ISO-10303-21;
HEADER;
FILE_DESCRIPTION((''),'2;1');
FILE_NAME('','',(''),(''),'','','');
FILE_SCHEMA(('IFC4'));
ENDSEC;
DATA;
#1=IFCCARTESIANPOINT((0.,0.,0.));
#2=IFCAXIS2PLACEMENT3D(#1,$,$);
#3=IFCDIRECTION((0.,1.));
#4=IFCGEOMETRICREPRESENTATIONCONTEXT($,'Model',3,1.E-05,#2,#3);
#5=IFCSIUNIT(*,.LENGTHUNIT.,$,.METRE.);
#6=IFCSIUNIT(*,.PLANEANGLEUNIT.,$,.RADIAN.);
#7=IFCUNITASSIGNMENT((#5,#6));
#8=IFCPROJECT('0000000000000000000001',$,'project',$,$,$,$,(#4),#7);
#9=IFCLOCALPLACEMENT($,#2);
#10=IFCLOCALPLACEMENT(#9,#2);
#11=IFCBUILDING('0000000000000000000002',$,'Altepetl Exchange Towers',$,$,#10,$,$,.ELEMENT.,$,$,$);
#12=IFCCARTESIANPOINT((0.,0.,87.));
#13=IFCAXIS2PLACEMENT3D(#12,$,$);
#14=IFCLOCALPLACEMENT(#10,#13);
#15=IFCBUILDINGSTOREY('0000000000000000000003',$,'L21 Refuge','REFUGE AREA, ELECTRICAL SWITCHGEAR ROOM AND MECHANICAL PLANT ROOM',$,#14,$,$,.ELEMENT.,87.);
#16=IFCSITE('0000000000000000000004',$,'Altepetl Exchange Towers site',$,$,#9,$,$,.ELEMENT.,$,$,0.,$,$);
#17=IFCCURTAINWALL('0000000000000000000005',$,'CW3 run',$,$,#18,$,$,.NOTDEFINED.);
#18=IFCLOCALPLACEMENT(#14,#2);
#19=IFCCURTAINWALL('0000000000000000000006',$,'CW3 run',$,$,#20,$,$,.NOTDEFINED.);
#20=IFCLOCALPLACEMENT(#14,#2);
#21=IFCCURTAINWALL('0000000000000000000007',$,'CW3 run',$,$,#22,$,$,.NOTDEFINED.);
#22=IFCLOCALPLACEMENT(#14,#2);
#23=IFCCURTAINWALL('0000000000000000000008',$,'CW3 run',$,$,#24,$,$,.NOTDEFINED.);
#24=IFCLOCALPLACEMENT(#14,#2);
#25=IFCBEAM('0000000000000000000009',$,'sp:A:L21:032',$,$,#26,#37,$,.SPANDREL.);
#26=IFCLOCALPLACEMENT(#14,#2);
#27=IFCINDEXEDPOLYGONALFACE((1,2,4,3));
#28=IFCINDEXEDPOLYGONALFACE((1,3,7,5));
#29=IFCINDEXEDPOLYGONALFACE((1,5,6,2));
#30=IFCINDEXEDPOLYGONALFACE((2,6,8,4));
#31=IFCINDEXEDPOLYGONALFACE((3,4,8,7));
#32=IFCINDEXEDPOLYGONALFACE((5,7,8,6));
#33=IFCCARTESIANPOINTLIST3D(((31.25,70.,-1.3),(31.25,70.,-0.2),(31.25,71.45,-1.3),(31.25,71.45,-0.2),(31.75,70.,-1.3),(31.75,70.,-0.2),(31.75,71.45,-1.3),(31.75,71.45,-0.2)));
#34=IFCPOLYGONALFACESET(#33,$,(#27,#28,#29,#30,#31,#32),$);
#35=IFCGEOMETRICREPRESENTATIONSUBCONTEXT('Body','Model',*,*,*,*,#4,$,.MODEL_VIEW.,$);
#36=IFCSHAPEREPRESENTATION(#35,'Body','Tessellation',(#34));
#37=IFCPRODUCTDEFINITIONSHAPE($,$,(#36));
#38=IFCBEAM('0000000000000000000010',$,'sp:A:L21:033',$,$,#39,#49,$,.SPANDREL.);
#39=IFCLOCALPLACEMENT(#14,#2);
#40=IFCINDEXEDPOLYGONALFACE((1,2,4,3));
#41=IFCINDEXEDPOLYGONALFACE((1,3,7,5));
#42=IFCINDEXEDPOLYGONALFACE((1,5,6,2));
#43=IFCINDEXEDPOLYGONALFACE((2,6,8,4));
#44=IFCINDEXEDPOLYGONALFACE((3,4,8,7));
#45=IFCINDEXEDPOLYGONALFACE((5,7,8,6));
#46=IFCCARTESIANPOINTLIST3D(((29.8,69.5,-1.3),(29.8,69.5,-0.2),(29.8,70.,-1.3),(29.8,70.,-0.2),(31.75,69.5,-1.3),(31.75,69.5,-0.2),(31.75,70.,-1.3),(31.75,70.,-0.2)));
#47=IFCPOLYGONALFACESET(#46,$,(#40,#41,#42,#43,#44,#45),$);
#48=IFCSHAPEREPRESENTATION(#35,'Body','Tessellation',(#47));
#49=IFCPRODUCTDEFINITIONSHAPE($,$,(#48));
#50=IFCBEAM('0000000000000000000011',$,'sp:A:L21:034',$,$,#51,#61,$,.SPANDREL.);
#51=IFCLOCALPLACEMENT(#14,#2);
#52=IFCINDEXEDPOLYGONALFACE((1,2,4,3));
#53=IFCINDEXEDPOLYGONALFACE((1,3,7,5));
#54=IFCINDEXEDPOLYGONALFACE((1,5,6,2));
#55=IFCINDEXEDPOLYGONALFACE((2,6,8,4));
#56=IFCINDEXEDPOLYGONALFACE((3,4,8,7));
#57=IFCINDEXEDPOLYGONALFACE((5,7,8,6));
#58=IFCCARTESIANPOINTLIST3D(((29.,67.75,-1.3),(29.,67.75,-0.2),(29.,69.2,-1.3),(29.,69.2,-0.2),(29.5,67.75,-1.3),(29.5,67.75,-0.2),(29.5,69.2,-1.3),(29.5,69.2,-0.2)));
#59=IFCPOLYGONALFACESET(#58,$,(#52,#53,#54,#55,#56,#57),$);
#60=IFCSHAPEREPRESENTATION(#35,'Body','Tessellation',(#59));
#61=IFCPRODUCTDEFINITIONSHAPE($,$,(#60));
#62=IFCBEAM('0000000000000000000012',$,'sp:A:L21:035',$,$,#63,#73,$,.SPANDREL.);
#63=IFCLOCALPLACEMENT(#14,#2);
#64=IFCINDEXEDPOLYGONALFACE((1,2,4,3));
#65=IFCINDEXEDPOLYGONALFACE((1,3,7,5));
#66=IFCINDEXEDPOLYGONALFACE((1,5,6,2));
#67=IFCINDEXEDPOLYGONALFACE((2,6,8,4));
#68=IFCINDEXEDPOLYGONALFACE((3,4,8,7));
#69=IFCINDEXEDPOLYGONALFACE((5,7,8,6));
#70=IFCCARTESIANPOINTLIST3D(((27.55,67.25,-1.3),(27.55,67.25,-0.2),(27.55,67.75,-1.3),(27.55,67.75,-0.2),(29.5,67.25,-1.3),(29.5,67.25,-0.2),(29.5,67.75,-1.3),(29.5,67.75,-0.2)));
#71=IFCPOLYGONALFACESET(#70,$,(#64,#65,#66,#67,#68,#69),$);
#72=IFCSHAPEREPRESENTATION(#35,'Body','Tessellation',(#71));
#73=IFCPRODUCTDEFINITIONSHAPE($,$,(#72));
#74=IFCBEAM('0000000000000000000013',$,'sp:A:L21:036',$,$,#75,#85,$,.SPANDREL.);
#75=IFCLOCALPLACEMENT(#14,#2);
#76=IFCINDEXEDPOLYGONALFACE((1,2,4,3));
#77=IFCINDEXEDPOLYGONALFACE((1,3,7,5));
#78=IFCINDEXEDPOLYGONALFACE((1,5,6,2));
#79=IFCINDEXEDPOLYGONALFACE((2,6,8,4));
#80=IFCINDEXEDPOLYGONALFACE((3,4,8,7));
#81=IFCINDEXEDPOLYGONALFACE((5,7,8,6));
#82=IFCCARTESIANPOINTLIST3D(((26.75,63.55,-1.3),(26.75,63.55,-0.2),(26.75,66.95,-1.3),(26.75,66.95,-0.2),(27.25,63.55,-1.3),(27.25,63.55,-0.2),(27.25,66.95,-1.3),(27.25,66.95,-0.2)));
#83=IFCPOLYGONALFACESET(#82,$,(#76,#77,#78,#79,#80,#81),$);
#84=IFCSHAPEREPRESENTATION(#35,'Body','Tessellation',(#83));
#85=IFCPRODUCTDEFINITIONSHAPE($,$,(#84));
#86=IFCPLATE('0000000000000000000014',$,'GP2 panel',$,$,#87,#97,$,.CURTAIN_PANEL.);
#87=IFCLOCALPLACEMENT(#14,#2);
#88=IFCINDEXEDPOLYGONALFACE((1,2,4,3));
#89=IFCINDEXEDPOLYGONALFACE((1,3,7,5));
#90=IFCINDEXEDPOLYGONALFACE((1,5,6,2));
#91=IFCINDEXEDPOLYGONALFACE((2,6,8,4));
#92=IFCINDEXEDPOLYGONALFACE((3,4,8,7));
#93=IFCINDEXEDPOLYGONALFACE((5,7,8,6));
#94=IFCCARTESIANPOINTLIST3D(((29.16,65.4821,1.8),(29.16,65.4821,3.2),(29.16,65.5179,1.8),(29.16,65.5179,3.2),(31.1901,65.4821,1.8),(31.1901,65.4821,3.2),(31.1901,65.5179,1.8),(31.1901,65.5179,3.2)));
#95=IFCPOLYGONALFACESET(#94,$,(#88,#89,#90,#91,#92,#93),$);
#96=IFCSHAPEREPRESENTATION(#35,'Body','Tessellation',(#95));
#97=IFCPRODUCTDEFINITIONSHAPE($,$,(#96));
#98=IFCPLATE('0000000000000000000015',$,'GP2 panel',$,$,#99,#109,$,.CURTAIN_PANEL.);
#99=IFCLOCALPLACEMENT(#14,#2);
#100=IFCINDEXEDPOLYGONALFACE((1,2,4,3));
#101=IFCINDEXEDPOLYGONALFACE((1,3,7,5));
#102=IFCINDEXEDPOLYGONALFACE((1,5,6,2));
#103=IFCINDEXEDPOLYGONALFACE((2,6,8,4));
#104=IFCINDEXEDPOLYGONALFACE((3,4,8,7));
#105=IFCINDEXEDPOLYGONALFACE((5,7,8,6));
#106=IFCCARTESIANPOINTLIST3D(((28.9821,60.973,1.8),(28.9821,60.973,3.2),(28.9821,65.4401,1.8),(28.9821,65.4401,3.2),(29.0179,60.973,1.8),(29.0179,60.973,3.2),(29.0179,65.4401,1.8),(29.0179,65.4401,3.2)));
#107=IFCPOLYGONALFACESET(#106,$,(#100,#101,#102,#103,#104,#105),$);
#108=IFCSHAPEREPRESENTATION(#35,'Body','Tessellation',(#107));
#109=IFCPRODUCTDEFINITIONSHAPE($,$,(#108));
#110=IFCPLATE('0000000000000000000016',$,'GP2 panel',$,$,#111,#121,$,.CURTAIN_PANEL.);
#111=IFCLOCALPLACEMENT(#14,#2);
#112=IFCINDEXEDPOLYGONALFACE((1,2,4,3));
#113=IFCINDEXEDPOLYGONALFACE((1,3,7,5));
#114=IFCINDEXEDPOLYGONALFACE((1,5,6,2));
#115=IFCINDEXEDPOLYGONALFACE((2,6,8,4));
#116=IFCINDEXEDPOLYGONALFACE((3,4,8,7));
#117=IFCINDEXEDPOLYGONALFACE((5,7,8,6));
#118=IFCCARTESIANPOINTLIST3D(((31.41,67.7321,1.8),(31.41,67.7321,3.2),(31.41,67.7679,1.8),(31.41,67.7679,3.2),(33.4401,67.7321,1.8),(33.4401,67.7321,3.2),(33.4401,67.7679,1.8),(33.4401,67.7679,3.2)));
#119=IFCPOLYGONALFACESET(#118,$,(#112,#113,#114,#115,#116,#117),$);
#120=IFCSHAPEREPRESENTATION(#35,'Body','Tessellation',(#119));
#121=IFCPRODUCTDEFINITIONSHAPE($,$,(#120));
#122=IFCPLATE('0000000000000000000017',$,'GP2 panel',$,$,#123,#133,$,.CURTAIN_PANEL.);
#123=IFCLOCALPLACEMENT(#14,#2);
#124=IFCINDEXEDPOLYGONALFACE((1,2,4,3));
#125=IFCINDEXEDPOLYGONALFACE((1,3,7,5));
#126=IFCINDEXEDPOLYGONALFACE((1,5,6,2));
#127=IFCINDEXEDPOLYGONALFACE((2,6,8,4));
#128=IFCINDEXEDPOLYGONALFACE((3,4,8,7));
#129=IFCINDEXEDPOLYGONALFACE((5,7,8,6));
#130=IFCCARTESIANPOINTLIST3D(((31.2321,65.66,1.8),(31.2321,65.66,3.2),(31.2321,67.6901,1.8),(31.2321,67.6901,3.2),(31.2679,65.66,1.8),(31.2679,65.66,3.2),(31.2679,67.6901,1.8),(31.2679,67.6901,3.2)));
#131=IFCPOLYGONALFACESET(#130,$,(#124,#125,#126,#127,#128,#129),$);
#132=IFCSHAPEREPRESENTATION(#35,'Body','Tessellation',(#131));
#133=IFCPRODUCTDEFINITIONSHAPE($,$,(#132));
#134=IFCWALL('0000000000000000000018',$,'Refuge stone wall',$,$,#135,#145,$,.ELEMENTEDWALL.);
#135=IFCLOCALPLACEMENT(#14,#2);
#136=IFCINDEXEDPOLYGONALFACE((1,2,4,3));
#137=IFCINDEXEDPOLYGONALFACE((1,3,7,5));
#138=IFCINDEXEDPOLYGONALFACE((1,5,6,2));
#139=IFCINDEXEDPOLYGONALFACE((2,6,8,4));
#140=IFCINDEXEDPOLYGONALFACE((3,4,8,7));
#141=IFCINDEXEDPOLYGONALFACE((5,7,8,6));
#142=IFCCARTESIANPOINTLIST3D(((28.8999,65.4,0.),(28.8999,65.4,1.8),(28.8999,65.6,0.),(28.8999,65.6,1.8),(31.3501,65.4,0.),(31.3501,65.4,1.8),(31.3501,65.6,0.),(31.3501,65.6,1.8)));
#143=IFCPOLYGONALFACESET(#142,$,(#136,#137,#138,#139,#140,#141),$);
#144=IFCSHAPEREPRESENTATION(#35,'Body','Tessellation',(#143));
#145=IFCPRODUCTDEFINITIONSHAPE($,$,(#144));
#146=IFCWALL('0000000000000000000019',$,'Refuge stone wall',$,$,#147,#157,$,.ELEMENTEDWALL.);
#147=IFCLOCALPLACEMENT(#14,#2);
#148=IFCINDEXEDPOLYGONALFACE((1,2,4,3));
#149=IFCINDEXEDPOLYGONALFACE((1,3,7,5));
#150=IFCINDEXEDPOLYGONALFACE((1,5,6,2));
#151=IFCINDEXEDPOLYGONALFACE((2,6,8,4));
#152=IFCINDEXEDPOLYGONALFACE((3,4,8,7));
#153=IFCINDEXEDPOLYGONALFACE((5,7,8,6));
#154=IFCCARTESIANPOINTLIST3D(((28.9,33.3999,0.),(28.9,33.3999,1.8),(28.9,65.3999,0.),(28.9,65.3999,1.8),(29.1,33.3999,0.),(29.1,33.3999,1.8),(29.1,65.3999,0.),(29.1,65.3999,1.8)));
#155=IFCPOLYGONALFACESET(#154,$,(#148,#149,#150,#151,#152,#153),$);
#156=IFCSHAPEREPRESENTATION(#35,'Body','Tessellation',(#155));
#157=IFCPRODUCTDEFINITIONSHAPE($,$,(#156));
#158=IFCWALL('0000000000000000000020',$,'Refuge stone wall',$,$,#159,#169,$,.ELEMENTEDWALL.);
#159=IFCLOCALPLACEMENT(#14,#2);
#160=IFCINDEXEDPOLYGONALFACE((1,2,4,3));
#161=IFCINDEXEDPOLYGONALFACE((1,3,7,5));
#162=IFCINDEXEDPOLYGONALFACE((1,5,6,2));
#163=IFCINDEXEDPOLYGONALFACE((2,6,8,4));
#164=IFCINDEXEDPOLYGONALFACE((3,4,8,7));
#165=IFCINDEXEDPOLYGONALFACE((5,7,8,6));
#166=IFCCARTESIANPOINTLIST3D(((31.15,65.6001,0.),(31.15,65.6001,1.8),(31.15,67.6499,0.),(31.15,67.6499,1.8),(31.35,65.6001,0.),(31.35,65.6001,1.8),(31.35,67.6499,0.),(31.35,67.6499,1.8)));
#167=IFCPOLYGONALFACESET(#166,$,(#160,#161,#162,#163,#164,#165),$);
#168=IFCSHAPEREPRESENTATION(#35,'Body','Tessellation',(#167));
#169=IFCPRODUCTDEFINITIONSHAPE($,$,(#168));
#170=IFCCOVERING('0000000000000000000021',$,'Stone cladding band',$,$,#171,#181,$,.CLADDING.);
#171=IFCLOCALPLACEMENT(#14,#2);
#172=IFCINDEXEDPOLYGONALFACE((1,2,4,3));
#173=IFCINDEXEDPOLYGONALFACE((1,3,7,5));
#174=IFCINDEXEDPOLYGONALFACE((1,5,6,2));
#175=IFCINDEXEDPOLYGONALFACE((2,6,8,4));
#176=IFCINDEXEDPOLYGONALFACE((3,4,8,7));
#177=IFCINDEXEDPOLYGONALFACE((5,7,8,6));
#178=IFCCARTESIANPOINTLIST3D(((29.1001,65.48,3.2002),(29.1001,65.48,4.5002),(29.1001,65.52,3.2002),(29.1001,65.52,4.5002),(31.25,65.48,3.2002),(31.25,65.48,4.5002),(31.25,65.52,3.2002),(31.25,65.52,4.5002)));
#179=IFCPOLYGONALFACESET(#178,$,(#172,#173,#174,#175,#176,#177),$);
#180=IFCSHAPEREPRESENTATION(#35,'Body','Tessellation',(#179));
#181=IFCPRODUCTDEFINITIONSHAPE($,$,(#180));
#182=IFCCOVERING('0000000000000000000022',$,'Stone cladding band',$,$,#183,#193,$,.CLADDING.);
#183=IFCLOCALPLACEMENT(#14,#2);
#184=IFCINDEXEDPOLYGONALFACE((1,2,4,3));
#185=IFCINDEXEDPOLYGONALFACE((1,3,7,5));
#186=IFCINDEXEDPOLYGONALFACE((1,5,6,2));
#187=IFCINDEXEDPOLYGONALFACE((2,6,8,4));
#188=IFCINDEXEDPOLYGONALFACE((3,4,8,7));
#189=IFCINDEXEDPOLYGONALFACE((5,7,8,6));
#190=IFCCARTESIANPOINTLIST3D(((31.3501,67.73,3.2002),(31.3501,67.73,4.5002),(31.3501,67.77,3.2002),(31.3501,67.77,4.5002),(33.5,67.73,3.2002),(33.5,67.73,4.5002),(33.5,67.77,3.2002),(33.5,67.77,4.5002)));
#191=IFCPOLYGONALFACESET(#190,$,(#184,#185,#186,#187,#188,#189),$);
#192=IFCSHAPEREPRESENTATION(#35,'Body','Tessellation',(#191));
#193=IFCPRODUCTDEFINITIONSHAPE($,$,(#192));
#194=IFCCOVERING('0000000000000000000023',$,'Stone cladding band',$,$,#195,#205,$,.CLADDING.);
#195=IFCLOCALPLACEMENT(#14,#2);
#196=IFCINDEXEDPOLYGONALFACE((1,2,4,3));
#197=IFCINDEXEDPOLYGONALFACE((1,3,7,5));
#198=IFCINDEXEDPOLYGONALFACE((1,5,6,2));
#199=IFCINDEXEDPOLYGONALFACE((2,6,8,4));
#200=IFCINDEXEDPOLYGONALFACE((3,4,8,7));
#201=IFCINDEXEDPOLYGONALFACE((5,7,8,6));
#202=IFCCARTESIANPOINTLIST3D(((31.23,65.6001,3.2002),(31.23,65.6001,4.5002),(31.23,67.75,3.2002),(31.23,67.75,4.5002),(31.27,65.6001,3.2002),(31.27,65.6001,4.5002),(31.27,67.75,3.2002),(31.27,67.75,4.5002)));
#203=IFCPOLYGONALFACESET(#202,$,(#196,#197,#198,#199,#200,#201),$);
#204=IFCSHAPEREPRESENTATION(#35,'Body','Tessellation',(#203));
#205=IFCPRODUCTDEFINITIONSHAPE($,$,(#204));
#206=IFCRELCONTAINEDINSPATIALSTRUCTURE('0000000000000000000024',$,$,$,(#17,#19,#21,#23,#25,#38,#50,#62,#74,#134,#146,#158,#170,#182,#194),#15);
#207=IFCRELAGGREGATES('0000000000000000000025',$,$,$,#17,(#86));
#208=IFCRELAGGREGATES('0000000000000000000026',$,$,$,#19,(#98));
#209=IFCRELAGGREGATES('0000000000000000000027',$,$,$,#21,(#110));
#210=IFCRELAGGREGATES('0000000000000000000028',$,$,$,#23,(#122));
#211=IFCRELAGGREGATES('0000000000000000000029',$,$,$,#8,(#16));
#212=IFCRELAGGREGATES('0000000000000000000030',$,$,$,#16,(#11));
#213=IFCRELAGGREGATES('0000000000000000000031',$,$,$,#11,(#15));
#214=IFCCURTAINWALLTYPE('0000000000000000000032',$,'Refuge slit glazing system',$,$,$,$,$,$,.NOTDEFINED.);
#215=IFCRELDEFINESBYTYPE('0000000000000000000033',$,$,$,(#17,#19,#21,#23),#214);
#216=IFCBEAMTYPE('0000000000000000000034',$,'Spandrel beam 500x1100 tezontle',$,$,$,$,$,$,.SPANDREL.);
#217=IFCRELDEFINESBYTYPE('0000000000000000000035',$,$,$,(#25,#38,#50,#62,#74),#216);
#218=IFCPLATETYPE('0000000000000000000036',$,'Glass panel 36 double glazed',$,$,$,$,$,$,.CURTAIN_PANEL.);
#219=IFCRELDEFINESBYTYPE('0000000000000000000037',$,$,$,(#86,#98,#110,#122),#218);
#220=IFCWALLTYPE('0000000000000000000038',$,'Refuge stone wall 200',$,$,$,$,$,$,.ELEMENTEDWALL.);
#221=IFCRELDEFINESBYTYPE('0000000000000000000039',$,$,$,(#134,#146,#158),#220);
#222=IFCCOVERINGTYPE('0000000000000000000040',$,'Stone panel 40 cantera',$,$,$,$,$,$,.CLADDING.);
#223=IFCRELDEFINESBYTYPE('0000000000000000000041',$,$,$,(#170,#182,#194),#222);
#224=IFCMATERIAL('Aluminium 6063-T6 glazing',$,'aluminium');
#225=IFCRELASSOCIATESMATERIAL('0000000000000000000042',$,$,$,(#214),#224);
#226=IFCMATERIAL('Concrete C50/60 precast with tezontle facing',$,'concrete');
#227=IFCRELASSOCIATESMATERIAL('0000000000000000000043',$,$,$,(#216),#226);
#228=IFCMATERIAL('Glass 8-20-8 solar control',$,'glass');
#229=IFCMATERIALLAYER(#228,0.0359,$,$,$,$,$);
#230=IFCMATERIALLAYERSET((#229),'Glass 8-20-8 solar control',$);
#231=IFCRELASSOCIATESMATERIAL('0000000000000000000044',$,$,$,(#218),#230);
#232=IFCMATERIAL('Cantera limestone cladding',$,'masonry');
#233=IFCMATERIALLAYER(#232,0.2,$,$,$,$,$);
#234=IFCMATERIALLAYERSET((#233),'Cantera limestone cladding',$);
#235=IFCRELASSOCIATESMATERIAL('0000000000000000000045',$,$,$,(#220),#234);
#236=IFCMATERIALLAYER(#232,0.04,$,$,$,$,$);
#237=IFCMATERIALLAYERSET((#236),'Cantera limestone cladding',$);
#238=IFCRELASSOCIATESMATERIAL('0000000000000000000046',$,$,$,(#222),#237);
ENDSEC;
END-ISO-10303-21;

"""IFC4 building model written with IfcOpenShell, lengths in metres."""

from ifc_helpers import new_model, si_unit, direction, frame, frame_2d, origin, origin_2d, place, context, subcontext, project, spatial, rectangle, extrude, material, layer, layer_set, material_profile, profile_set, type_object, element, aggregate, save


model = new_model("IFC4")

# Units and contexts
model_context = context("Model", 3, precision=1e-05, world=origin(), true_north=direction((0.0, 1.0)))
body_context = subcontext(model_context, "Body", "Model", "MODEL_VIEW")
ifc_project = project(units=[si_unit("LENGTHUNIT", "METRE"), si_unit("PLANEANGLEUNIT", "RADIAN")], contexts=[model_context])

# Site, building, storey
site_placement = place(None, origin())
site = spatial("IfcSite", under=ifc_project, at=site_placement, Name="Altepetl Exchange Towers site", CompositionType="ELEMENT", RefElevation=0.0)
building_placement = place(site_placement, origin())
building = spatial("IfcBuilding", under=site, at=building_placement, Name="Altepetl Exchange Towers", CompositionType="ELEMENT")
storey_placement = place(building_placement, frame((0.0, 0.0, 87.0)))
storey = spatial("IfcBuildingStorey", under=building, at=storey_placement, Name="L21 Refuge", Description="REFUGE AREA, ELECTRICAL SWITCHGEAR ROOM AND MECHANICAL PLANT ROOM", CompositionType="ELEMENT", Elevation=87.0)

# Curtain wall
ifc_material_1 = material(Name="Aluminium 6063-T6 glazing", Category="aluminium")
curtain_wall_type = type_object("IfcCurtainWallType", Name="Refuge slit glazing system", PredefinedType="NOTDEFINED", material=ifc_material_1)
curtain_wall_1_placement = place(storey_placement, origin())
curtain_wall_1 = element("IfcCurtainWall", 1, at=curtain_wall_1_placement, inside=storey, type_object=curtain_wall_type, Name="CW3 run", PredefinedType="NOTDEFINED")

# Curtain walls
curtain_wall_2_placement = place(storey_placement, origin())
curtain_wall_2 = element("IfcCurtainWall", 2, at=curtain_wall_2_placement, inside=storey, type_object=curtain_wall_type, Name="CW3 run", PredefinedType="NOTDEFINED")
curtain_wall_3_placement = place(storey_placement, origin())
curtain_wall_3 = element("IfcCurtainWall", 3, at=curtain_wall_3_placement, inside=storey, type_object=curtain_wall_type, Name="CW3 run", PredefinedType="NOTDEFINED")

# Curtain wall
curtain_wall_4_placement = place(storey_placement, origin())
curtain_wall_4 = element("IfcCurtainWall", 4, at=curtain_wall_4_placement, inside=storey, type_object=curtain_wall_type, Name="CW3 run", PredefinedType="NOTDEFINED")

# Beams
ifc_material_2 = material(Name="Concrete C50/60 precast with tezontle facing", Category="concrete")
ifc_material_profile_1 = material_profile(ifc_material_2, rectangle(XDim=0.5, YDim=1.1001, at=origin_2d()), Name="500 x 1100")
ifc_profile_set_1 = profile_set([ifc_material_profile_1], Name="Concrete C50/60 precast with tezontle facing")
beam_type_1 = type_object("IfcBeamType", Name="Spandrel beam 500x1100 tezontle", PredefinedType="SPANDREL", material=ifc_profile_set_1)
beam_1_placement = place(storey_placement, frame((31.5, 71.45, -0.75), z_axis=(0.0, -1.0, 0.0), x_axis=(1.0, 0.0, 0.0)))
element("IfcBeam", 5, at=beam_1_placement, inside=storey, type_object=beam_type_1, Name="sp:A:L21:032", PredefinedType="SPANDREL", context=body_context, shape_type="SweptSolid", body=[
    extrude(rectangle(XDim=0.5, YDim=1.1001, at=origin_2d()), origin(), (0.0, 0.0, 1.0), 1.45),
])
beam_2_placement = place(storey_placement, frame((31.75, 69.75, -0.75), z_axis=(-1.0, 0.0, 0.0), x_axis=(0.0, -1.0, 0.0)))
element("IfcBeam", 6, at=beam_2_placement, inside=storey, type_object=beam_type_1, Name="sp:A:L21:033", PredefinedType="SPANDREL", context=body_context, shape_type="SweptSolid", body=[
    extrude(rectangle(XDim=0.5, YDim=1.1001, at=origin_2d()), origin(), (0.0, 0.0, 1.0), 1.95),
])
beam_3_placement = place(storey_placement, frame((29.25, 69.2, -0.75), z_axis=(0.0, -1.0, 0.0), x_axis=(1.0, 0.0, 0.0)))
element("IfcBeam", 7, at=beam_3_placement, inside=storey, type_object=beam_type_1, Name="sp:A:L21:034", PredefinedType="SPANDREL", context=body_context, shape_type="SweptSolid", body=[
    extrude(rectangle(XDim=0.5, YDim=1.1001, at=origin_2d()), origin(), (0.0, 0.0, 1.0), 1.45),
])
beam_4_placement = place(storey_placement, frame((29.5, 67.5, -0.75), z_axis=(-1.0, 0.0, 0.0), x_axis=(0.0, -1.0, 0.0)))
element("IfcBeam", 8, at=beam_4_placement, inside=storey, type_object=beam_type_1, Name="sp:A:L21:035", PredefinedType="SPANDREL", context=body_context, shape_type="SweptSolid", body=[
    extrude(rectangle(XDim=0.5, YDim=1.1001, at=origin_2d()), origin(), (0.0, 0.0, 1.0), 1.95),
])
beam_5_placement = place(storey_placement, frame((27.0, 66.95, -0.75), z_axis=(0.0, -1.0, 0.0), x_axis=(1.0, 0.0, 0.0)))
element("IfcBeam", 9, at=beam_5_placement, inside=storey, type_object=beam_type_1, Name="sp:A:L21:036", PredefinedType="SPANDREL", context=body_context, shape_type="SweptSolid", body=[
    extrude(rectangle(XDim=0.5, YDim=1.1001, at=origin_2d()), origin(), (0.0, 0.0, 1.0), 3.3999),
])

# Plates
ifc_material_3 = material(Name="Glass 8-20-8 solar control", Category="glass")
ifc_layer_1 = layer(ifc_material_3, 0.0359)
ifc_layer_set_1 = layer_set([ifc_layer_1], Name="Glass 8-20-8 solar control")
plate_type = type_object("IfcPlateType", Name="Glass panel 36 double glazed", PredefinedType="CURTAIN_PANEL", material=ifc_layer_set_1)
plate_1_placement = place(storey_placement, frame((30.175, 65.5, 1.8), z_axis=(0.0, 0.0, 1.0), x_axis=(-1.0, 0.0, 0.0)))
plate_1 = element("IfcPlate", 10, at=plate_1_placement, type_object=plate_type, Name="GP2 panel", PredefinedType="CURTAIN_PANEL", context=body_context, shape_type="SweptSolid", body=[
    extrude(rectangle(XDim=2.03, YDim=0.0359, at=origin_2d()), origin(), (0.0, 0.0, 1.0), 1.3999),
])
aggregate(curtain_wall_1, [plate_1])
plate_2_placement = place(storey_placement, frame((29.0, 63.2065, 1.8), z_axis=(0.0, 0.0, 1.0), x_axis=(0.0, -1.0, 0.0)))
plate_2 = element("IfcPlate", 11, at=plate_2_placement, type_object=plate_type, Name="GP2 panel", PredefinedType="CURTAIN_PANEL", context=body_context, shape_type="SweptSolid", body=[
    extrude(rectangle(XDim=4.467, YDim=0.0359, at=origin_2d()), origin(), (0.0, 0.0, 1.0), 1.3999),
])
aggregate(curtain_wall_2, [plate_2])
plate_3_placement = place(storey_placement, frame((32.425, 67.75, 1.8), z_axis=(0.0, 0.0, 1.0), x_axis=(-1.0, 0.0, 0.0)))
plate_3 = element("IfcPlate", 12, at=plate_3_placement, type_object=plate_type, Name="GP2 panel", PredefinedType="CURTAIN_PANEL", context=body_context, shape_type="SweptSolid", body=[
    extrude(rectangle(XDim=2.03, YDim=0.0359, at=origin_2d()), origin(), (0.0, 0.0, 1.0), 1.3999),
])
aggregate(curtain_wall_3, [plate_3])
plate_4_placement = place(storey_placement, frame((31.25, 66.675, 1.8), z_axis=(0.0, 0.0, 1.0), x_axis=(0.0, -1.0, 0.0)))
plate_4 = element("IfcPlate", 13, at=plate_4_placement, type_object=plate_type, Name="GP2 panel", PredefinedType="CURTAIN_PANEL", context=body_context, shape_type="SweptSolid", body=[
    extrude(rectangle(XDim=2.03, YDim=0.0359, at=origin_2d()), origin(), (0.0, 0.0, 1.0), 1.3999),
])
aggregate(curtain_wall_4, [plate_4])

# Walls
ifc_material_4 = material(Name="Cantera limestone cladding", Category="masonry")
ifc_layer_2 = layer(ifc_material_4, 0.2)
ifc_layer_set_2 = layer_set([ifc_layer_2], Name="Cantera limestone cladding")
wall_type = type_object("IfcWallType", Name="Refuge stone wall 200", PredefinedType="ELEMENTEDWALL", material=ifc_layer_set_2)
wall_1_placement = place(storey_placement, frame((31.3501, 65.5, 0.0), z_axis=(0.0, 0.0, 1.0), x_axis=(-1.0, 0.0, 0.0)))
element("IfcWall", 14, at=wall_1_placement, inside=storey, type_object=wall_type, Name="Refuge stone wall", PredefinedType="ELEMENTEDWALL", context=body_context, shape_type="SweptSolid", body=[
    extrude(rectangle(XDim=2.4502, YDim=0.2, at=frame_2d((1.2251, 0.0))), origin(), (0.0, 0.0, 1.0), 1.8),
])
wall_2_placement = place(storey_placement, frame((29.0, 65.3999, 0.0), z_axis=(0.0, 0.0, 1.0), x_axis=(0.0, -1.0, 0.0)))
element("IfcWall", 15, at=wall_2_placement, inside=storey, type_object=wall_type, Name="Refuge stone wall", PredefinedType="ELEMENTEDWALL", context=body_context, shape_type="SweptSolid", body=[
    extrude(rectangle(XDim=32.0, YDim=0.2, at=frame_2d((16.0, 0.0))), origin(), (0.0, 0.0, 1.0), 1.8),
])
wall_3_placement = place(storey_placement, frame((31.25, 67.6499, 0.0), z_axis=(0.0, 0.0, 1.0), x_axis=(0.0, -1.0, 0.0)))
element("IfcWall", 16, at=wall_3_placement, inside=storey, type_object=wall_type, Name="Refuge stone wall", PredefinedType="ELEMENTEDWALL", context=body_context, shape_type="SweptSolid", body=[
    extrude(rectangle(XDim=2.0498, YDim=0.2, at=frame_2d((1.0249, 0.0))), origin(), (0.0, 0.0, 1.0), 1.8),
])

# Coverings
ifc_layer_3 = layer(ifc_material_4, 0.04)
ifc_layer_set_3 = layer_set([ifc_layer_3], Name="Cantera limestone cladding")
covering_type = type_object("IfcCoveringType", Name="Stone panel 40 cantera", PredefinedType="CLADDING", material=ifc_layer_set_3)
for number, where, z_axis, x_axis, name in (
    (17, (30.175, 65.5, 3.2002), (0.0, 0.0, 1.0), (-1.0, 0.0, 0.0), "Stone cladding band"),
    (18, (32.425, 67.75, 3.2002), (0.0, 0.0, 1.0), (-1.0, 0.0, 0.0), "Stone cladding band"),
    (19, (31.25, 66.675, 3.2002), (0.0, 0.0, 1.0), (0.0, -1.0, 0.0), "Stone cladding band"),
):
    element("IfcCovering", number, at=place(storey_placement, frame(where, z_axis=z_axis, x_axis=x_axis)), inside=storey, type_object=covering_type, Name=name, PredefinedType="CLADDING", context=body_context, shape_type="SweptSolid", body=[
        extrude(rectangle(XDim=2.1499, YDim=0.04, at=origin_2d()), origin(), (0.0, 0.0, 1.0), 1.3),
    ])

save(model, "model.ifc")
